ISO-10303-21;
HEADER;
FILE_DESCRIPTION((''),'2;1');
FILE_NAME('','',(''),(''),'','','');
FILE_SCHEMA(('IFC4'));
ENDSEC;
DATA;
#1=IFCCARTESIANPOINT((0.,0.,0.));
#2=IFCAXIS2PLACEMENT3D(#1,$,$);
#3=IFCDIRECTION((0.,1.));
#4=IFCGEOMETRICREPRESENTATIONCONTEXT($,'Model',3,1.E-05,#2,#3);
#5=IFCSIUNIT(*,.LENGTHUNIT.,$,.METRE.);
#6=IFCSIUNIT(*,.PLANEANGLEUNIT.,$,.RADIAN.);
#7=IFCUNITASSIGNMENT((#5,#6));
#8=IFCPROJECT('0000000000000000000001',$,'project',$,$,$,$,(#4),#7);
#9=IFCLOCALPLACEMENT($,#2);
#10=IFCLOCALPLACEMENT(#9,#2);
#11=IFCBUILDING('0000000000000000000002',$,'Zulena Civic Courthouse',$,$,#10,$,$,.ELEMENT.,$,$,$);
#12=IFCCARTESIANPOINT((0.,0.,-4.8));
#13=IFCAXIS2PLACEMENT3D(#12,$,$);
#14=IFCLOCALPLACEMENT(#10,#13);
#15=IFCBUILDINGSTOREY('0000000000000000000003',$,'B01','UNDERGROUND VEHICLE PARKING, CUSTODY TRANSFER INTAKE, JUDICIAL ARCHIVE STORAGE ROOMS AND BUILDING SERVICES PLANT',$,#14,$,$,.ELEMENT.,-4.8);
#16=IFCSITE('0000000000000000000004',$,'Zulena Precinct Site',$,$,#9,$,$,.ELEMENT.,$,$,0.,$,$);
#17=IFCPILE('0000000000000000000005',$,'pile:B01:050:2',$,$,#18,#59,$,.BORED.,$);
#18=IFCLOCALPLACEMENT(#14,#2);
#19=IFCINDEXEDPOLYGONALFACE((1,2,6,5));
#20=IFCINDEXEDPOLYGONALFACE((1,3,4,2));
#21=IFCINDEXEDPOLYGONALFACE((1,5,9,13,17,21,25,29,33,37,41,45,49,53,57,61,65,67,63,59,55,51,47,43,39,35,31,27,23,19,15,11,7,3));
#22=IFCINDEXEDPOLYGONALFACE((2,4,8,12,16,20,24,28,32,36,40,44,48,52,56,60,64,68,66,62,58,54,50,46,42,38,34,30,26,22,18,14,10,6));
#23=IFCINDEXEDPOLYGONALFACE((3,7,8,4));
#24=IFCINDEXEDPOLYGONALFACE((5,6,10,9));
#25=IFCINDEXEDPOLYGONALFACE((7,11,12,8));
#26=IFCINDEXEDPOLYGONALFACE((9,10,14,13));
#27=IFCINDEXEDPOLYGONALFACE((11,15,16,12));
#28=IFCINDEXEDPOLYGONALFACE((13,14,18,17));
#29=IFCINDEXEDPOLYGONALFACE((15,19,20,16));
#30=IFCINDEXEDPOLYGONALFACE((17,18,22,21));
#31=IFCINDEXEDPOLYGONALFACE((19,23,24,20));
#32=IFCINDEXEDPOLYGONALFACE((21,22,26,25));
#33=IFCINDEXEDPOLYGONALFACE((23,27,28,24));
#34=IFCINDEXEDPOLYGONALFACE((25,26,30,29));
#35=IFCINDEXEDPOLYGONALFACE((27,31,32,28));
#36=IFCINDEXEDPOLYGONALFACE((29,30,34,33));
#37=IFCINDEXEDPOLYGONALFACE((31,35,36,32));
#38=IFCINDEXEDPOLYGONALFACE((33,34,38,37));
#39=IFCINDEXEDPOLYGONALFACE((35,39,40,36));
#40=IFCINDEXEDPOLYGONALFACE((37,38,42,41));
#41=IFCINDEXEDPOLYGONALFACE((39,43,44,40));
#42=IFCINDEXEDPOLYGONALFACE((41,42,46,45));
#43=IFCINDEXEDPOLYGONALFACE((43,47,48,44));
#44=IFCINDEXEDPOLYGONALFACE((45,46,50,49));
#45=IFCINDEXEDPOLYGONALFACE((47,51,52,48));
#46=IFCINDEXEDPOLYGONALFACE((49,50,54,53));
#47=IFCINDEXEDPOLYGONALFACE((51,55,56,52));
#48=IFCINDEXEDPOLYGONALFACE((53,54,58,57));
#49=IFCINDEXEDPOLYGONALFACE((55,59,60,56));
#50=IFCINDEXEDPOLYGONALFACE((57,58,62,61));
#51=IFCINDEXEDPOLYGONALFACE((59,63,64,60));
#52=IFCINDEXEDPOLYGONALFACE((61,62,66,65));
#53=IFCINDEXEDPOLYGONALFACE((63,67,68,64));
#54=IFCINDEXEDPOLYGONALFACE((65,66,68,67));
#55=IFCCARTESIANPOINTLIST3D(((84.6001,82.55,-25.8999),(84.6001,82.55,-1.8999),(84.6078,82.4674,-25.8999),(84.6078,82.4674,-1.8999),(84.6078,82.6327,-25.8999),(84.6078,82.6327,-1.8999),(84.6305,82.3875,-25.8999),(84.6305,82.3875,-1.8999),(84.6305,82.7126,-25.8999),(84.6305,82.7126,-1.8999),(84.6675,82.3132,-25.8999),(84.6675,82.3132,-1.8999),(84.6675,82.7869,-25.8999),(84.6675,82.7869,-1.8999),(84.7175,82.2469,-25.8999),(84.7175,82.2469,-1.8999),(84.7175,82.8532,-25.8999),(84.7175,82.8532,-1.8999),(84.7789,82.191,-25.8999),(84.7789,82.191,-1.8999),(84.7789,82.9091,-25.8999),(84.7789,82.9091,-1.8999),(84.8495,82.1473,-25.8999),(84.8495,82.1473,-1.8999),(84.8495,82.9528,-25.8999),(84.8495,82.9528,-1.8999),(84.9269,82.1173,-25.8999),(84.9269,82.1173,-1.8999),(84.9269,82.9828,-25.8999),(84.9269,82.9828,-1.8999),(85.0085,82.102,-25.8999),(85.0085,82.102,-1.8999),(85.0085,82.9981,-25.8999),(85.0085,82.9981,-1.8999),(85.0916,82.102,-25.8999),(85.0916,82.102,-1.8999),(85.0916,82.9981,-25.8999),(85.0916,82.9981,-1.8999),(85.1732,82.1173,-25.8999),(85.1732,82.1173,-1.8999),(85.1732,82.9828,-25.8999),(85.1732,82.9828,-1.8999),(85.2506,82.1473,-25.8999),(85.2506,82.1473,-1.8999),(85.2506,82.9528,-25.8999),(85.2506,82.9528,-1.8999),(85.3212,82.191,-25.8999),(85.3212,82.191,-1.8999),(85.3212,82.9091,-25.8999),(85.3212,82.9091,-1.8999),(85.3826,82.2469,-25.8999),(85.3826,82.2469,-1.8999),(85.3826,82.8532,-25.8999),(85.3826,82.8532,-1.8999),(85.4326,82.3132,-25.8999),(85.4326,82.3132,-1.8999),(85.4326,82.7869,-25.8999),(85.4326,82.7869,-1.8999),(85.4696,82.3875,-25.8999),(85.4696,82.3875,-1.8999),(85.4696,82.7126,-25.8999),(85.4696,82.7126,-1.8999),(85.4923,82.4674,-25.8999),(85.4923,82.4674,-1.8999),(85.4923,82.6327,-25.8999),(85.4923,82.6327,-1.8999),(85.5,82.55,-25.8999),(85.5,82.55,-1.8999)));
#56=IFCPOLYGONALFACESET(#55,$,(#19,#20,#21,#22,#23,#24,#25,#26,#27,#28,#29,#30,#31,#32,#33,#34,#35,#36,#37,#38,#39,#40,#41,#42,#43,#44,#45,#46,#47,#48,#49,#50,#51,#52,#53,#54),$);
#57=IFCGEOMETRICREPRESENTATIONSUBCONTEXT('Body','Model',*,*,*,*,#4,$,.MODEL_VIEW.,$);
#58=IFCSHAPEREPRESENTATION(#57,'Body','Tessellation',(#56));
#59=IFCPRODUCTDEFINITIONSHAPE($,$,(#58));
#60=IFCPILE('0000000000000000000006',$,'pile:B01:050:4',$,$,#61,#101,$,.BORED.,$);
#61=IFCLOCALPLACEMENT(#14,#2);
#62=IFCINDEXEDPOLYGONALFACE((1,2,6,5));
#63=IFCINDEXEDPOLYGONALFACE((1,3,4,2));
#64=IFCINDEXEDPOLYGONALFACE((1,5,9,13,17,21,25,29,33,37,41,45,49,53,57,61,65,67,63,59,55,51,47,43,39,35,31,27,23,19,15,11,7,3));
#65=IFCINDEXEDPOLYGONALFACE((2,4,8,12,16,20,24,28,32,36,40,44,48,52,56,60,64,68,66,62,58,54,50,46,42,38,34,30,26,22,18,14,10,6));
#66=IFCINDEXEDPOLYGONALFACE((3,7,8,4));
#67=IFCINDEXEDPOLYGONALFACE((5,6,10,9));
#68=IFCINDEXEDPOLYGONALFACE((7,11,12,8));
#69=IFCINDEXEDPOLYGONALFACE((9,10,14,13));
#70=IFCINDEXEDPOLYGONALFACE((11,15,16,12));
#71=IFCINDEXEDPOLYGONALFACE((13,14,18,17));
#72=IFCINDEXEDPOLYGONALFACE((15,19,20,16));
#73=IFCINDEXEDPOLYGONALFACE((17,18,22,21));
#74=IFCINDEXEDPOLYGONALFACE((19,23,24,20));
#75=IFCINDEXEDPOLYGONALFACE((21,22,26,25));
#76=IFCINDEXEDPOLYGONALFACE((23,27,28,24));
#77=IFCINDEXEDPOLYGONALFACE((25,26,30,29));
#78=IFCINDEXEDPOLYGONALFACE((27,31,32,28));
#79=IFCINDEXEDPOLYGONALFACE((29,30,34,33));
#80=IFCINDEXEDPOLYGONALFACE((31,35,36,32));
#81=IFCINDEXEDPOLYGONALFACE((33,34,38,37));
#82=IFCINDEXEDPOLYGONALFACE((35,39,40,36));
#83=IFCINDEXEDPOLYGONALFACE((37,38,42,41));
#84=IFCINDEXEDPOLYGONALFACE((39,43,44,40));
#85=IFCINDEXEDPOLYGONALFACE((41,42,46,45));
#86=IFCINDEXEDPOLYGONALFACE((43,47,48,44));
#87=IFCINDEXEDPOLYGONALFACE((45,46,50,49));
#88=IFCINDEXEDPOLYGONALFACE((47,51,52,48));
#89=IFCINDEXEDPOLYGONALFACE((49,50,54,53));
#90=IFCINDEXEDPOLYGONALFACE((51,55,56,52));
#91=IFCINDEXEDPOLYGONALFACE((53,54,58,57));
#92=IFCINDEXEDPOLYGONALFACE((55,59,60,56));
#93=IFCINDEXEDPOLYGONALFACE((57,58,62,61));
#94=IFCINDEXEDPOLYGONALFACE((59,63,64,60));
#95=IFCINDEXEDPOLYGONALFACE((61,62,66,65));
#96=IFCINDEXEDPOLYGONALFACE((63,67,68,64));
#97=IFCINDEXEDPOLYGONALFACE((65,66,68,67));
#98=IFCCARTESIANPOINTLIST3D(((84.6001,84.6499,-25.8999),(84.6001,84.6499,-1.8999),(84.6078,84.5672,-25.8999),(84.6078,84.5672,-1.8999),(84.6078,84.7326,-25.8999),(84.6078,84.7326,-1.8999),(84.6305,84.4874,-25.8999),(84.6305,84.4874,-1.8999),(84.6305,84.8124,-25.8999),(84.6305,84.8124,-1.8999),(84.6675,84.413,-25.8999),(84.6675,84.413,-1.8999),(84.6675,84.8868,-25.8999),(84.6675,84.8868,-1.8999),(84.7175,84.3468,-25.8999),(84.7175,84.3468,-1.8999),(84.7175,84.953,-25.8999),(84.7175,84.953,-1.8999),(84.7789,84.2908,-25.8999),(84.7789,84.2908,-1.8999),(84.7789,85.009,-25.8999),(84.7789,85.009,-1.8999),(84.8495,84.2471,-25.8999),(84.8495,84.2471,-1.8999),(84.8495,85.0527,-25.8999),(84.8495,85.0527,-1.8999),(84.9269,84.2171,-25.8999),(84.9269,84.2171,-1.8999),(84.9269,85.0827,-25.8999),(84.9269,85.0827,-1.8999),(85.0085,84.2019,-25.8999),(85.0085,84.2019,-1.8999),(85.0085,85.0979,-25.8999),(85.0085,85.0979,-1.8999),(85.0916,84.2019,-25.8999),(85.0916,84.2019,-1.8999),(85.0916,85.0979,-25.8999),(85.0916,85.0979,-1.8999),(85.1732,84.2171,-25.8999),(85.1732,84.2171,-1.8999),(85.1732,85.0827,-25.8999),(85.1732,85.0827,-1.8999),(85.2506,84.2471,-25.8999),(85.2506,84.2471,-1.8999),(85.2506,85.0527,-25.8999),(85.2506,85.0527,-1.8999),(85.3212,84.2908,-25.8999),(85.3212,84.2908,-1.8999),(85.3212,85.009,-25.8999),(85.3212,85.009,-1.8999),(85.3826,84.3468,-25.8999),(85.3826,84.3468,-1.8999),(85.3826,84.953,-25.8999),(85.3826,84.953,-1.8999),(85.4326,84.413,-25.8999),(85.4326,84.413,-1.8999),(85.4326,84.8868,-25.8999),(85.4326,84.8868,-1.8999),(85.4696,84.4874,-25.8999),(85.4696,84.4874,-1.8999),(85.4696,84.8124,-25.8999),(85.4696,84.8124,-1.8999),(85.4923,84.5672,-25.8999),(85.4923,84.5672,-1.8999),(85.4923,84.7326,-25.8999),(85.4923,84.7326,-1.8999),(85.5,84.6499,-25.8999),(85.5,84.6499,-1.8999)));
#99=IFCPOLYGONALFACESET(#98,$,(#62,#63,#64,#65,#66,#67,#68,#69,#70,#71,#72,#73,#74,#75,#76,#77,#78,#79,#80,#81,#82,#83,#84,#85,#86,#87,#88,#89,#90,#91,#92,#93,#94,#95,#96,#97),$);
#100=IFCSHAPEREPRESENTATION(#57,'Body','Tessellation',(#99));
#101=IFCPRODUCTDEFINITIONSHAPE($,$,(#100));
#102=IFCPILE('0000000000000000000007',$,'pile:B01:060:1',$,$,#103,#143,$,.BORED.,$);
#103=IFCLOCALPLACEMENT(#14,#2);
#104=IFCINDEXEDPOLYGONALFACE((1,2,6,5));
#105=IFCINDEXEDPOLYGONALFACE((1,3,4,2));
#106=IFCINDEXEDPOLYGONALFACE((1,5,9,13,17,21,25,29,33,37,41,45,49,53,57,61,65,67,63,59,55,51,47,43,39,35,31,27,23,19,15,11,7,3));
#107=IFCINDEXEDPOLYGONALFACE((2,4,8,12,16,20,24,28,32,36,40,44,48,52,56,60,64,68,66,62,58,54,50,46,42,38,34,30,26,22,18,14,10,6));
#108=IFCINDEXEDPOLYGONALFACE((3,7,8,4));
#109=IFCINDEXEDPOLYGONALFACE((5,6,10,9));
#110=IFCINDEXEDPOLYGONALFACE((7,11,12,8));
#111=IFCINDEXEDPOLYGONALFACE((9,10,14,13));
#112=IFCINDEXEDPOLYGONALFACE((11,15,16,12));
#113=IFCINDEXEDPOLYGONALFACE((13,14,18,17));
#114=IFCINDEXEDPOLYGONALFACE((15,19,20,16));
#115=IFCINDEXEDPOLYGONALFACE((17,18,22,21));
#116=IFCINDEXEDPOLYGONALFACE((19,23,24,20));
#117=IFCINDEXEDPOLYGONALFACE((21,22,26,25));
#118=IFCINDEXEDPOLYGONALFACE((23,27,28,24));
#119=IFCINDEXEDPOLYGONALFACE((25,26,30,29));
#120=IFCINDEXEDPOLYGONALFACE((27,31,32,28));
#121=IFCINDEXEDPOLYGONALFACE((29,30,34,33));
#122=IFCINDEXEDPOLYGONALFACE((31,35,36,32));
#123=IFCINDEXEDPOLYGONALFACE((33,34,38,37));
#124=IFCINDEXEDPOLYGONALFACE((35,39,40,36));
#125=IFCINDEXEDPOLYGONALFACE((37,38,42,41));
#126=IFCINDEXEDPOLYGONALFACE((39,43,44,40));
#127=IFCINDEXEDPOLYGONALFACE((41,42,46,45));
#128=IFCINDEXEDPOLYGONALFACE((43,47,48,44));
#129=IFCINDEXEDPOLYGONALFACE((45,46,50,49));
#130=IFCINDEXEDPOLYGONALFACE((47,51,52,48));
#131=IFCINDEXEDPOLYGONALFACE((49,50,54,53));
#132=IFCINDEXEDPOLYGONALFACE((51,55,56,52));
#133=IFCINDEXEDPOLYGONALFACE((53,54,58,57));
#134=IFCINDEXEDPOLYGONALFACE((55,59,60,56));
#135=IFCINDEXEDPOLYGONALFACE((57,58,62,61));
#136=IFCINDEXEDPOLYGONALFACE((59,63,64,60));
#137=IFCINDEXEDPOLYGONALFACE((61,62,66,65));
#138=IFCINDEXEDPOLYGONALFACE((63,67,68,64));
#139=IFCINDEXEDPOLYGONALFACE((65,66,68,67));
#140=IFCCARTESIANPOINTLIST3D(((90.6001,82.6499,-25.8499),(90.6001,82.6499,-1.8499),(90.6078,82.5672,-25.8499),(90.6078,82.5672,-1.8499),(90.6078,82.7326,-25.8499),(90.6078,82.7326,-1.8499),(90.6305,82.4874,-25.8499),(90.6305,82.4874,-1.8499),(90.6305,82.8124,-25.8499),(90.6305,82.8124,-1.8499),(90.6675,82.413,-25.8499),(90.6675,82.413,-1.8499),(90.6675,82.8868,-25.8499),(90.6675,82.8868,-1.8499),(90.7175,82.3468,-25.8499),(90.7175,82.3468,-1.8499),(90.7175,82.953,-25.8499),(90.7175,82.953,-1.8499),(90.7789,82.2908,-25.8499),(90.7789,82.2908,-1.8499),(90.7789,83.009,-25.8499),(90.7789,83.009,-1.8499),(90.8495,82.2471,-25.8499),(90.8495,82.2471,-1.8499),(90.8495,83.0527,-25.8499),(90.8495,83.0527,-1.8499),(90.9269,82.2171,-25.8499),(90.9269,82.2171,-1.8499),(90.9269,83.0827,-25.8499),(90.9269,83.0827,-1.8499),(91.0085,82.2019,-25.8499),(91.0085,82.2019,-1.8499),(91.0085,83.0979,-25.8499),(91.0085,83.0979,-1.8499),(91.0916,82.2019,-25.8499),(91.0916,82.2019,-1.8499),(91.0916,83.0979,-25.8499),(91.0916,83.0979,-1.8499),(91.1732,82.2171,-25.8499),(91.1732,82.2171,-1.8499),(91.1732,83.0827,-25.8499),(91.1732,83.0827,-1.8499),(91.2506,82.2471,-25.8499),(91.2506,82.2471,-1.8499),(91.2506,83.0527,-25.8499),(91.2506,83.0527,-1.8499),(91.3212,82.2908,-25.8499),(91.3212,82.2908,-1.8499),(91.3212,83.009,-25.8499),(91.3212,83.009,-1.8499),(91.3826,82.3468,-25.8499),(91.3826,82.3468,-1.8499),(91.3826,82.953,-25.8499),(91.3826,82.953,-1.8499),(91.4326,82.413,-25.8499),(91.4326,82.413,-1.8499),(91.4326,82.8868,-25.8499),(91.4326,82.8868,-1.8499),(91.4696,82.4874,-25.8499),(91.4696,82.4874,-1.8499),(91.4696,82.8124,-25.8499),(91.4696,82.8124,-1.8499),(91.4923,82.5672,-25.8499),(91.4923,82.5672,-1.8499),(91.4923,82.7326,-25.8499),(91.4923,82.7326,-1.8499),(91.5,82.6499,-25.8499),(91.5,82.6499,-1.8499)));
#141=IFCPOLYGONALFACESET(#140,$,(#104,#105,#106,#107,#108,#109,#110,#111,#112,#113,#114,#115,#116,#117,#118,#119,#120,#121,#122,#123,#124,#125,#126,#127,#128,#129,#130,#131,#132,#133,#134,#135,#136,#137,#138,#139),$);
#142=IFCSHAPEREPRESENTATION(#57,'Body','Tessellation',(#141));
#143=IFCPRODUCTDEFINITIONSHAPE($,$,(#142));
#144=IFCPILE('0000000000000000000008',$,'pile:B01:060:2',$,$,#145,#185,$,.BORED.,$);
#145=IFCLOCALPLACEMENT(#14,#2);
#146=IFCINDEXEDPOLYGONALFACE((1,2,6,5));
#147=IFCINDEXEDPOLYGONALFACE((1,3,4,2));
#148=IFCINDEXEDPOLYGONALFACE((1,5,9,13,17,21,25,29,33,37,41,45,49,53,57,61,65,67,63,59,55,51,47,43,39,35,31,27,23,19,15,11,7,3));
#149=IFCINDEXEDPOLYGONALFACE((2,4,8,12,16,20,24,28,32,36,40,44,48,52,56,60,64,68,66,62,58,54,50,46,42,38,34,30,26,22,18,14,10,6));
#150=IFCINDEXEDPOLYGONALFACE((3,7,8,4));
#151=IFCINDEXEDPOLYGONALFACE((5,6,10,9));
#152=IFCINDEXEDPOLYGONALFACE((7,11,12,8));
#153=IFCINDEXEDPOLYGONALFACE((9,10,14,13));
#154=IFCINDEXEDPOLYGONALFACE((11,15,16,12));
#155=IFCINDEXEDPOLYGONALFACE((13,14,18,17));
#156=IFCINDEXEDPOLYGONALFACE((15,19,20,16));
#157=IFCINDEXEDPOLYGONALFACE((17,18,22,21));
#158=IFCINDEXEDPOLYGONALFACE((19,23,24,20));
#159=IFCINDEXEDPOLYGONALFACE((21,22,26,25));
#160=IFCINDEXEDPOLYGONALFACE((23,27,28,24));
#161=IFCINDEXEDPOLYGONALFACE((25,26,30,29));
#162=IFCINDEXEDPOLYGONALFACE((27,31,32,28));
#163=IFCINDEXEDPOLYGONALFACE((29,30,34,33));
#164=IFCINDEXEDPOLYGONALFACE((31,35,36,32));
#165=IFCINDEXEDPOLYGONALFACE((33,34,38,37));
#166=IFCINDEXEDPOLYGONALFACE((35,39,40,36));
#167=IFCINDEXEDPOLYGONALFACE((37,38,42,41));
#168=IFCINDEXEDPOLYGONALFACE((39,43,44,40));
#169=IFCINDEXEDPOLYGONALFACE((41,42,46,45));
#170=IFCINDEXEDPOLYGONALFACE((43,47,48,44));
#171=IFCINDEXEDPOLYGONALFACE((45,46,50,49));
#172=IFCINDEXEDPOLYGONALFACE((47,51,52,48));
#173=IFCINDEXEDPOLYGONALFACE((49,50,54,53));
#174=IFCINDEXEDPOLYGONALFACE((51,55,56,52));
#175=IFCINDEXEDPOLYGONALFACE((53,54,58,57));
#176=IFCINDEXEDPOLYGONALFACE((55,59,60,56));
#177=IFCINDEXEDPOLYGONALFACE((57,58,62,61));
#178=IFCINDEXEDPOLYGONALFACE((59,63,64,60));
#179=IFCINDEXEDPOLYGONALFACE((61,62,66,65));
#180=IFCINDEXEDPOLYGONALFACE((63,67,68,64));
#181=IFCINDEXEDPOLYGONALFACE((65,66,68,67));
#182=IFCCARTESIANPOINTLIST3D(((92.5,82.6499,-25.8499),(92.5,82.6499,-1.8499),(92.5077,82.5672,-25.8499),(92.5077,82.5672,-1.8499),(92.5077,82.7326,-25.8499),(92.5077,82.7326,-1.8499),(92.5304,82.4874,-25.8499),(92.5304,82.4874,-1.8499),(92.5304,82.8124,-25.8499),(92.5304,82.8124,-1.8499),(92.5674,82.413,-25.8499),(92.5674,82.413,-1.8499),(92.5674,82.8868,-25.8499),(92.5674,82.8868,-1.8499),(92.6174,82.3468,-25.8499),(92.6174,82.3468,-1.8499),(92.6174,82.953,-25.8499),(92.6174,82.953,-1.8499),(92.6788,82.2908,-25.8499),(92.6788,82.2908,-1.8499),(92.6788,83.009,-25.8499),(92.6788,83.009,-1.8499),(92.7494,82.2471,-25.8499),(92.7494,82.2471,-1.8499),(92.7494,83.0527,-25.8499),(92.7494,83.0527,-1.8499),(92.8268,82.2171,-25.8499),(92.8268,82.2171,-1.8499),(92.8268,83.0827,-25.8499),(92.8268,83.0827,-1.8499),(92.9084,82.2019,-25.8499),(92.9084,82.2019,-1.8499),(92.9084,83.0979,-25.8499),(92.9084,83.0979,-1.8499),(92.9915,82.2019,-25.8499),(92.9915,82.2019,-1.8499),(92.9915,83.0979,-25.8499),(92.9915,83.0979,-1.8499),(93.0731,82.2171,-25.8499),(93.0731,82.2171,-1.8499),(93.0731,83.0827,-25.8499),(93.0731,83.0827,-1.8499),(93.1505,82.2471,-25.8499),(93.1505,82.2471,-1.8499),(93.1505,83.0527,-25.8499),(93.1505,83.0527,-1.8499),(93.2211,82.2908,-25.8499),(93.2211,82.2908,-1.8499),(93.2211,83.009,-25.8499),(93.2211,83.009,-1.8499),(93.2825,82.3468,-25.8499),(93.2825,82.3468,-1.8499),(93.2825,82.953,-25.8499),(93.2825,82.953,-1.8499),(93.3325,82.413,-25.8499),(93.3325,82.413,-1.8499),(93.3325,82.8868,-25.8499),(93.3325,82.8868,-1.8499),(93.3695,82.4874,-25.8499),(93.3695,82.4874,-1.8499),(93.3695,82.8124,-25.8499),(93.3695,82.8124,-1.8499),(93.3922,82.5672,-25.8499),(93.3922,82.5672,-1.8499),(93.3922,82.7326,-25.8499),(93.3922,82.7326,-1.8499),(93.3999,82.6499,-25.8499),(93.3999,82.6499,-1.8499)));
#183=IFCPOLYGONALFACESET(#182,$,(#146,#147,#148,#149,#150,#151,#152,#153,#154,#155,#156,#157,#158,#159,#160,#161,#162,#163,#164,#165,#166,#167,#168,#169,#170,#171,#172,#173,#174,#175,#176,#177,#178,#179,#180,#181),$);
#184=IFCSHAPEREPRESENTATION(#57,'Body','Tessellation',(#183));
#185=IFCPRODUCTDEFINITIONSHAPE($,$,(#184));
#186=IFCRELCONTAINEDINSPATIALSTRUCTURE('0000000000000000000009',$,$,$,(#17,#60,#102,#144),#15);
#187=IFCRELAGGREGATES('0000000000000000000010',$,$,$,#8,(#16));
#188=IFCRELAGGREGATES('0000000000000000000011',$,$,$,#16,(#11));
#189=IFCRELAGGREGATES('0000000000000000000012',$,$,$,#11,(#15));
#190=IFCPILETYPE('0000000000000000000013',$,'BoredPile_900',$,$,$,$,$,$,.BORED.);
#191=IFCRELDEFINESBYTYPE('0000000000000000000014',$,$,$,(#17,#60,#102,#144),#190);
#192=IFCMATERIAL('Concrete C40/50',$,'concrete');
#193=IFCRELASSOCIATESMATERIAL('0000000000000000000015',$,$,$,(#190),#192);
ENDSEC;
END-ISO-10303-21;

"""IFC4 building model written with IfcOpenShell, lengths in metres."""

from ifc_helpers import new_model, si_unit, direction, frame, origin, origin_2d, place, context, subcontext, project, spatial, circle, extrude, material, material_profile, profile_set, type_object, element, save


model = new_model("IFC4")

# Units and contexts
model_context = context("Model", 3, precision=1e-05, world=origin(), true_north=direction((0.0, 1.0)))
body_context = subcontext(model_context, "Body", "Model", "MODEL_VIEW")
ifc_project = project(units=[si_unit("LENGTHUNIT", "METRE"), si_unit("PLANEANGLEUNIT", "RADIAN")], contexts=[model_context])

# Site, building, storey
site_placement = place(None, origin())
site = spatial("IfcSite", under=ifc_project, at=site_placement, Name="Zulena Precinct Site", CompositionType="ELEMENT", RefElevation=0.0)
building_placement = place(site_placement, origin())
building = spatial("IfcBuilding", under=site, at=building_placement, Name="Zulena Civic Courthouse", CompositionType="ELEMENT")
storey_placement = place(building_placement, frame((0.0, 0.0, -4.8)))
storey = spatial("IfcBuildingStorey", under=building, at=storey_placement, Name="B01", Description="UNDERGROUND VEHICLE PARKING, CUSTODY TRANSFER INTAKE, JUDICIAL ARCHIVE STORAGE ROOMS AND BUILDING SERVICES PLANT", CompositionType="ELEMENT", Elevation=-4.8)

# Piles
ifc_material_1 = material(Name="Concrete C40/50", Category="concrete")
ifc_material_profile_1 = material_profile(ifc_material_1, circle(Radius=0.45, at=origin_2d()), Name="PILE900")
ifc_profile_set_1 = profile_set([ifc_material_profile_1], Name="Concrete C40/50")
pile_type_1 = type_object("IfcPileType", Name="BoredPile_900", PredefinedType="BORED", material=ifc_profile_set_1)
for number, where, z_axis, x_axis, name in (
    (1, (85.05, 82.55, -1.8999), (0.0, 0.0, -1.0), (1.0, 0.0, 0.0), "pile:B01:050:2"),
    (2, (85.05, 84.6499, -1.8999), (0.0, 0.0, -1.0), (1.0, 0.0, 0.0), "pile:B01:050:4"),
    (3, (91.05, 82.6499, -1.8499), (0.0, 0.0, -1.0), (1.0, 0.0, 0.0), "pile:B01:060:1"),
    (4, (92.95, 82.6499, -1.8499), (0.0, 0.0, -1.0), (1.0, 0.0, 0.0), "pile:B01:060:2"),
):
    element("IfcPile", number, at=place(storey_placement, frame(where, z_axis=z_axis, x_axis=x_axis)), inside=storey, type_object=pile_type_1, Name=name, PredefinedType="BORED", context=body_context, shape_type="SweptSolid", body=[
        extrude(circle(Radius=0.45, at=origin_2d()), origin(), (0.0, 0.0, 1.0), 24.0),
    ])

save(model, "model.ifc")
